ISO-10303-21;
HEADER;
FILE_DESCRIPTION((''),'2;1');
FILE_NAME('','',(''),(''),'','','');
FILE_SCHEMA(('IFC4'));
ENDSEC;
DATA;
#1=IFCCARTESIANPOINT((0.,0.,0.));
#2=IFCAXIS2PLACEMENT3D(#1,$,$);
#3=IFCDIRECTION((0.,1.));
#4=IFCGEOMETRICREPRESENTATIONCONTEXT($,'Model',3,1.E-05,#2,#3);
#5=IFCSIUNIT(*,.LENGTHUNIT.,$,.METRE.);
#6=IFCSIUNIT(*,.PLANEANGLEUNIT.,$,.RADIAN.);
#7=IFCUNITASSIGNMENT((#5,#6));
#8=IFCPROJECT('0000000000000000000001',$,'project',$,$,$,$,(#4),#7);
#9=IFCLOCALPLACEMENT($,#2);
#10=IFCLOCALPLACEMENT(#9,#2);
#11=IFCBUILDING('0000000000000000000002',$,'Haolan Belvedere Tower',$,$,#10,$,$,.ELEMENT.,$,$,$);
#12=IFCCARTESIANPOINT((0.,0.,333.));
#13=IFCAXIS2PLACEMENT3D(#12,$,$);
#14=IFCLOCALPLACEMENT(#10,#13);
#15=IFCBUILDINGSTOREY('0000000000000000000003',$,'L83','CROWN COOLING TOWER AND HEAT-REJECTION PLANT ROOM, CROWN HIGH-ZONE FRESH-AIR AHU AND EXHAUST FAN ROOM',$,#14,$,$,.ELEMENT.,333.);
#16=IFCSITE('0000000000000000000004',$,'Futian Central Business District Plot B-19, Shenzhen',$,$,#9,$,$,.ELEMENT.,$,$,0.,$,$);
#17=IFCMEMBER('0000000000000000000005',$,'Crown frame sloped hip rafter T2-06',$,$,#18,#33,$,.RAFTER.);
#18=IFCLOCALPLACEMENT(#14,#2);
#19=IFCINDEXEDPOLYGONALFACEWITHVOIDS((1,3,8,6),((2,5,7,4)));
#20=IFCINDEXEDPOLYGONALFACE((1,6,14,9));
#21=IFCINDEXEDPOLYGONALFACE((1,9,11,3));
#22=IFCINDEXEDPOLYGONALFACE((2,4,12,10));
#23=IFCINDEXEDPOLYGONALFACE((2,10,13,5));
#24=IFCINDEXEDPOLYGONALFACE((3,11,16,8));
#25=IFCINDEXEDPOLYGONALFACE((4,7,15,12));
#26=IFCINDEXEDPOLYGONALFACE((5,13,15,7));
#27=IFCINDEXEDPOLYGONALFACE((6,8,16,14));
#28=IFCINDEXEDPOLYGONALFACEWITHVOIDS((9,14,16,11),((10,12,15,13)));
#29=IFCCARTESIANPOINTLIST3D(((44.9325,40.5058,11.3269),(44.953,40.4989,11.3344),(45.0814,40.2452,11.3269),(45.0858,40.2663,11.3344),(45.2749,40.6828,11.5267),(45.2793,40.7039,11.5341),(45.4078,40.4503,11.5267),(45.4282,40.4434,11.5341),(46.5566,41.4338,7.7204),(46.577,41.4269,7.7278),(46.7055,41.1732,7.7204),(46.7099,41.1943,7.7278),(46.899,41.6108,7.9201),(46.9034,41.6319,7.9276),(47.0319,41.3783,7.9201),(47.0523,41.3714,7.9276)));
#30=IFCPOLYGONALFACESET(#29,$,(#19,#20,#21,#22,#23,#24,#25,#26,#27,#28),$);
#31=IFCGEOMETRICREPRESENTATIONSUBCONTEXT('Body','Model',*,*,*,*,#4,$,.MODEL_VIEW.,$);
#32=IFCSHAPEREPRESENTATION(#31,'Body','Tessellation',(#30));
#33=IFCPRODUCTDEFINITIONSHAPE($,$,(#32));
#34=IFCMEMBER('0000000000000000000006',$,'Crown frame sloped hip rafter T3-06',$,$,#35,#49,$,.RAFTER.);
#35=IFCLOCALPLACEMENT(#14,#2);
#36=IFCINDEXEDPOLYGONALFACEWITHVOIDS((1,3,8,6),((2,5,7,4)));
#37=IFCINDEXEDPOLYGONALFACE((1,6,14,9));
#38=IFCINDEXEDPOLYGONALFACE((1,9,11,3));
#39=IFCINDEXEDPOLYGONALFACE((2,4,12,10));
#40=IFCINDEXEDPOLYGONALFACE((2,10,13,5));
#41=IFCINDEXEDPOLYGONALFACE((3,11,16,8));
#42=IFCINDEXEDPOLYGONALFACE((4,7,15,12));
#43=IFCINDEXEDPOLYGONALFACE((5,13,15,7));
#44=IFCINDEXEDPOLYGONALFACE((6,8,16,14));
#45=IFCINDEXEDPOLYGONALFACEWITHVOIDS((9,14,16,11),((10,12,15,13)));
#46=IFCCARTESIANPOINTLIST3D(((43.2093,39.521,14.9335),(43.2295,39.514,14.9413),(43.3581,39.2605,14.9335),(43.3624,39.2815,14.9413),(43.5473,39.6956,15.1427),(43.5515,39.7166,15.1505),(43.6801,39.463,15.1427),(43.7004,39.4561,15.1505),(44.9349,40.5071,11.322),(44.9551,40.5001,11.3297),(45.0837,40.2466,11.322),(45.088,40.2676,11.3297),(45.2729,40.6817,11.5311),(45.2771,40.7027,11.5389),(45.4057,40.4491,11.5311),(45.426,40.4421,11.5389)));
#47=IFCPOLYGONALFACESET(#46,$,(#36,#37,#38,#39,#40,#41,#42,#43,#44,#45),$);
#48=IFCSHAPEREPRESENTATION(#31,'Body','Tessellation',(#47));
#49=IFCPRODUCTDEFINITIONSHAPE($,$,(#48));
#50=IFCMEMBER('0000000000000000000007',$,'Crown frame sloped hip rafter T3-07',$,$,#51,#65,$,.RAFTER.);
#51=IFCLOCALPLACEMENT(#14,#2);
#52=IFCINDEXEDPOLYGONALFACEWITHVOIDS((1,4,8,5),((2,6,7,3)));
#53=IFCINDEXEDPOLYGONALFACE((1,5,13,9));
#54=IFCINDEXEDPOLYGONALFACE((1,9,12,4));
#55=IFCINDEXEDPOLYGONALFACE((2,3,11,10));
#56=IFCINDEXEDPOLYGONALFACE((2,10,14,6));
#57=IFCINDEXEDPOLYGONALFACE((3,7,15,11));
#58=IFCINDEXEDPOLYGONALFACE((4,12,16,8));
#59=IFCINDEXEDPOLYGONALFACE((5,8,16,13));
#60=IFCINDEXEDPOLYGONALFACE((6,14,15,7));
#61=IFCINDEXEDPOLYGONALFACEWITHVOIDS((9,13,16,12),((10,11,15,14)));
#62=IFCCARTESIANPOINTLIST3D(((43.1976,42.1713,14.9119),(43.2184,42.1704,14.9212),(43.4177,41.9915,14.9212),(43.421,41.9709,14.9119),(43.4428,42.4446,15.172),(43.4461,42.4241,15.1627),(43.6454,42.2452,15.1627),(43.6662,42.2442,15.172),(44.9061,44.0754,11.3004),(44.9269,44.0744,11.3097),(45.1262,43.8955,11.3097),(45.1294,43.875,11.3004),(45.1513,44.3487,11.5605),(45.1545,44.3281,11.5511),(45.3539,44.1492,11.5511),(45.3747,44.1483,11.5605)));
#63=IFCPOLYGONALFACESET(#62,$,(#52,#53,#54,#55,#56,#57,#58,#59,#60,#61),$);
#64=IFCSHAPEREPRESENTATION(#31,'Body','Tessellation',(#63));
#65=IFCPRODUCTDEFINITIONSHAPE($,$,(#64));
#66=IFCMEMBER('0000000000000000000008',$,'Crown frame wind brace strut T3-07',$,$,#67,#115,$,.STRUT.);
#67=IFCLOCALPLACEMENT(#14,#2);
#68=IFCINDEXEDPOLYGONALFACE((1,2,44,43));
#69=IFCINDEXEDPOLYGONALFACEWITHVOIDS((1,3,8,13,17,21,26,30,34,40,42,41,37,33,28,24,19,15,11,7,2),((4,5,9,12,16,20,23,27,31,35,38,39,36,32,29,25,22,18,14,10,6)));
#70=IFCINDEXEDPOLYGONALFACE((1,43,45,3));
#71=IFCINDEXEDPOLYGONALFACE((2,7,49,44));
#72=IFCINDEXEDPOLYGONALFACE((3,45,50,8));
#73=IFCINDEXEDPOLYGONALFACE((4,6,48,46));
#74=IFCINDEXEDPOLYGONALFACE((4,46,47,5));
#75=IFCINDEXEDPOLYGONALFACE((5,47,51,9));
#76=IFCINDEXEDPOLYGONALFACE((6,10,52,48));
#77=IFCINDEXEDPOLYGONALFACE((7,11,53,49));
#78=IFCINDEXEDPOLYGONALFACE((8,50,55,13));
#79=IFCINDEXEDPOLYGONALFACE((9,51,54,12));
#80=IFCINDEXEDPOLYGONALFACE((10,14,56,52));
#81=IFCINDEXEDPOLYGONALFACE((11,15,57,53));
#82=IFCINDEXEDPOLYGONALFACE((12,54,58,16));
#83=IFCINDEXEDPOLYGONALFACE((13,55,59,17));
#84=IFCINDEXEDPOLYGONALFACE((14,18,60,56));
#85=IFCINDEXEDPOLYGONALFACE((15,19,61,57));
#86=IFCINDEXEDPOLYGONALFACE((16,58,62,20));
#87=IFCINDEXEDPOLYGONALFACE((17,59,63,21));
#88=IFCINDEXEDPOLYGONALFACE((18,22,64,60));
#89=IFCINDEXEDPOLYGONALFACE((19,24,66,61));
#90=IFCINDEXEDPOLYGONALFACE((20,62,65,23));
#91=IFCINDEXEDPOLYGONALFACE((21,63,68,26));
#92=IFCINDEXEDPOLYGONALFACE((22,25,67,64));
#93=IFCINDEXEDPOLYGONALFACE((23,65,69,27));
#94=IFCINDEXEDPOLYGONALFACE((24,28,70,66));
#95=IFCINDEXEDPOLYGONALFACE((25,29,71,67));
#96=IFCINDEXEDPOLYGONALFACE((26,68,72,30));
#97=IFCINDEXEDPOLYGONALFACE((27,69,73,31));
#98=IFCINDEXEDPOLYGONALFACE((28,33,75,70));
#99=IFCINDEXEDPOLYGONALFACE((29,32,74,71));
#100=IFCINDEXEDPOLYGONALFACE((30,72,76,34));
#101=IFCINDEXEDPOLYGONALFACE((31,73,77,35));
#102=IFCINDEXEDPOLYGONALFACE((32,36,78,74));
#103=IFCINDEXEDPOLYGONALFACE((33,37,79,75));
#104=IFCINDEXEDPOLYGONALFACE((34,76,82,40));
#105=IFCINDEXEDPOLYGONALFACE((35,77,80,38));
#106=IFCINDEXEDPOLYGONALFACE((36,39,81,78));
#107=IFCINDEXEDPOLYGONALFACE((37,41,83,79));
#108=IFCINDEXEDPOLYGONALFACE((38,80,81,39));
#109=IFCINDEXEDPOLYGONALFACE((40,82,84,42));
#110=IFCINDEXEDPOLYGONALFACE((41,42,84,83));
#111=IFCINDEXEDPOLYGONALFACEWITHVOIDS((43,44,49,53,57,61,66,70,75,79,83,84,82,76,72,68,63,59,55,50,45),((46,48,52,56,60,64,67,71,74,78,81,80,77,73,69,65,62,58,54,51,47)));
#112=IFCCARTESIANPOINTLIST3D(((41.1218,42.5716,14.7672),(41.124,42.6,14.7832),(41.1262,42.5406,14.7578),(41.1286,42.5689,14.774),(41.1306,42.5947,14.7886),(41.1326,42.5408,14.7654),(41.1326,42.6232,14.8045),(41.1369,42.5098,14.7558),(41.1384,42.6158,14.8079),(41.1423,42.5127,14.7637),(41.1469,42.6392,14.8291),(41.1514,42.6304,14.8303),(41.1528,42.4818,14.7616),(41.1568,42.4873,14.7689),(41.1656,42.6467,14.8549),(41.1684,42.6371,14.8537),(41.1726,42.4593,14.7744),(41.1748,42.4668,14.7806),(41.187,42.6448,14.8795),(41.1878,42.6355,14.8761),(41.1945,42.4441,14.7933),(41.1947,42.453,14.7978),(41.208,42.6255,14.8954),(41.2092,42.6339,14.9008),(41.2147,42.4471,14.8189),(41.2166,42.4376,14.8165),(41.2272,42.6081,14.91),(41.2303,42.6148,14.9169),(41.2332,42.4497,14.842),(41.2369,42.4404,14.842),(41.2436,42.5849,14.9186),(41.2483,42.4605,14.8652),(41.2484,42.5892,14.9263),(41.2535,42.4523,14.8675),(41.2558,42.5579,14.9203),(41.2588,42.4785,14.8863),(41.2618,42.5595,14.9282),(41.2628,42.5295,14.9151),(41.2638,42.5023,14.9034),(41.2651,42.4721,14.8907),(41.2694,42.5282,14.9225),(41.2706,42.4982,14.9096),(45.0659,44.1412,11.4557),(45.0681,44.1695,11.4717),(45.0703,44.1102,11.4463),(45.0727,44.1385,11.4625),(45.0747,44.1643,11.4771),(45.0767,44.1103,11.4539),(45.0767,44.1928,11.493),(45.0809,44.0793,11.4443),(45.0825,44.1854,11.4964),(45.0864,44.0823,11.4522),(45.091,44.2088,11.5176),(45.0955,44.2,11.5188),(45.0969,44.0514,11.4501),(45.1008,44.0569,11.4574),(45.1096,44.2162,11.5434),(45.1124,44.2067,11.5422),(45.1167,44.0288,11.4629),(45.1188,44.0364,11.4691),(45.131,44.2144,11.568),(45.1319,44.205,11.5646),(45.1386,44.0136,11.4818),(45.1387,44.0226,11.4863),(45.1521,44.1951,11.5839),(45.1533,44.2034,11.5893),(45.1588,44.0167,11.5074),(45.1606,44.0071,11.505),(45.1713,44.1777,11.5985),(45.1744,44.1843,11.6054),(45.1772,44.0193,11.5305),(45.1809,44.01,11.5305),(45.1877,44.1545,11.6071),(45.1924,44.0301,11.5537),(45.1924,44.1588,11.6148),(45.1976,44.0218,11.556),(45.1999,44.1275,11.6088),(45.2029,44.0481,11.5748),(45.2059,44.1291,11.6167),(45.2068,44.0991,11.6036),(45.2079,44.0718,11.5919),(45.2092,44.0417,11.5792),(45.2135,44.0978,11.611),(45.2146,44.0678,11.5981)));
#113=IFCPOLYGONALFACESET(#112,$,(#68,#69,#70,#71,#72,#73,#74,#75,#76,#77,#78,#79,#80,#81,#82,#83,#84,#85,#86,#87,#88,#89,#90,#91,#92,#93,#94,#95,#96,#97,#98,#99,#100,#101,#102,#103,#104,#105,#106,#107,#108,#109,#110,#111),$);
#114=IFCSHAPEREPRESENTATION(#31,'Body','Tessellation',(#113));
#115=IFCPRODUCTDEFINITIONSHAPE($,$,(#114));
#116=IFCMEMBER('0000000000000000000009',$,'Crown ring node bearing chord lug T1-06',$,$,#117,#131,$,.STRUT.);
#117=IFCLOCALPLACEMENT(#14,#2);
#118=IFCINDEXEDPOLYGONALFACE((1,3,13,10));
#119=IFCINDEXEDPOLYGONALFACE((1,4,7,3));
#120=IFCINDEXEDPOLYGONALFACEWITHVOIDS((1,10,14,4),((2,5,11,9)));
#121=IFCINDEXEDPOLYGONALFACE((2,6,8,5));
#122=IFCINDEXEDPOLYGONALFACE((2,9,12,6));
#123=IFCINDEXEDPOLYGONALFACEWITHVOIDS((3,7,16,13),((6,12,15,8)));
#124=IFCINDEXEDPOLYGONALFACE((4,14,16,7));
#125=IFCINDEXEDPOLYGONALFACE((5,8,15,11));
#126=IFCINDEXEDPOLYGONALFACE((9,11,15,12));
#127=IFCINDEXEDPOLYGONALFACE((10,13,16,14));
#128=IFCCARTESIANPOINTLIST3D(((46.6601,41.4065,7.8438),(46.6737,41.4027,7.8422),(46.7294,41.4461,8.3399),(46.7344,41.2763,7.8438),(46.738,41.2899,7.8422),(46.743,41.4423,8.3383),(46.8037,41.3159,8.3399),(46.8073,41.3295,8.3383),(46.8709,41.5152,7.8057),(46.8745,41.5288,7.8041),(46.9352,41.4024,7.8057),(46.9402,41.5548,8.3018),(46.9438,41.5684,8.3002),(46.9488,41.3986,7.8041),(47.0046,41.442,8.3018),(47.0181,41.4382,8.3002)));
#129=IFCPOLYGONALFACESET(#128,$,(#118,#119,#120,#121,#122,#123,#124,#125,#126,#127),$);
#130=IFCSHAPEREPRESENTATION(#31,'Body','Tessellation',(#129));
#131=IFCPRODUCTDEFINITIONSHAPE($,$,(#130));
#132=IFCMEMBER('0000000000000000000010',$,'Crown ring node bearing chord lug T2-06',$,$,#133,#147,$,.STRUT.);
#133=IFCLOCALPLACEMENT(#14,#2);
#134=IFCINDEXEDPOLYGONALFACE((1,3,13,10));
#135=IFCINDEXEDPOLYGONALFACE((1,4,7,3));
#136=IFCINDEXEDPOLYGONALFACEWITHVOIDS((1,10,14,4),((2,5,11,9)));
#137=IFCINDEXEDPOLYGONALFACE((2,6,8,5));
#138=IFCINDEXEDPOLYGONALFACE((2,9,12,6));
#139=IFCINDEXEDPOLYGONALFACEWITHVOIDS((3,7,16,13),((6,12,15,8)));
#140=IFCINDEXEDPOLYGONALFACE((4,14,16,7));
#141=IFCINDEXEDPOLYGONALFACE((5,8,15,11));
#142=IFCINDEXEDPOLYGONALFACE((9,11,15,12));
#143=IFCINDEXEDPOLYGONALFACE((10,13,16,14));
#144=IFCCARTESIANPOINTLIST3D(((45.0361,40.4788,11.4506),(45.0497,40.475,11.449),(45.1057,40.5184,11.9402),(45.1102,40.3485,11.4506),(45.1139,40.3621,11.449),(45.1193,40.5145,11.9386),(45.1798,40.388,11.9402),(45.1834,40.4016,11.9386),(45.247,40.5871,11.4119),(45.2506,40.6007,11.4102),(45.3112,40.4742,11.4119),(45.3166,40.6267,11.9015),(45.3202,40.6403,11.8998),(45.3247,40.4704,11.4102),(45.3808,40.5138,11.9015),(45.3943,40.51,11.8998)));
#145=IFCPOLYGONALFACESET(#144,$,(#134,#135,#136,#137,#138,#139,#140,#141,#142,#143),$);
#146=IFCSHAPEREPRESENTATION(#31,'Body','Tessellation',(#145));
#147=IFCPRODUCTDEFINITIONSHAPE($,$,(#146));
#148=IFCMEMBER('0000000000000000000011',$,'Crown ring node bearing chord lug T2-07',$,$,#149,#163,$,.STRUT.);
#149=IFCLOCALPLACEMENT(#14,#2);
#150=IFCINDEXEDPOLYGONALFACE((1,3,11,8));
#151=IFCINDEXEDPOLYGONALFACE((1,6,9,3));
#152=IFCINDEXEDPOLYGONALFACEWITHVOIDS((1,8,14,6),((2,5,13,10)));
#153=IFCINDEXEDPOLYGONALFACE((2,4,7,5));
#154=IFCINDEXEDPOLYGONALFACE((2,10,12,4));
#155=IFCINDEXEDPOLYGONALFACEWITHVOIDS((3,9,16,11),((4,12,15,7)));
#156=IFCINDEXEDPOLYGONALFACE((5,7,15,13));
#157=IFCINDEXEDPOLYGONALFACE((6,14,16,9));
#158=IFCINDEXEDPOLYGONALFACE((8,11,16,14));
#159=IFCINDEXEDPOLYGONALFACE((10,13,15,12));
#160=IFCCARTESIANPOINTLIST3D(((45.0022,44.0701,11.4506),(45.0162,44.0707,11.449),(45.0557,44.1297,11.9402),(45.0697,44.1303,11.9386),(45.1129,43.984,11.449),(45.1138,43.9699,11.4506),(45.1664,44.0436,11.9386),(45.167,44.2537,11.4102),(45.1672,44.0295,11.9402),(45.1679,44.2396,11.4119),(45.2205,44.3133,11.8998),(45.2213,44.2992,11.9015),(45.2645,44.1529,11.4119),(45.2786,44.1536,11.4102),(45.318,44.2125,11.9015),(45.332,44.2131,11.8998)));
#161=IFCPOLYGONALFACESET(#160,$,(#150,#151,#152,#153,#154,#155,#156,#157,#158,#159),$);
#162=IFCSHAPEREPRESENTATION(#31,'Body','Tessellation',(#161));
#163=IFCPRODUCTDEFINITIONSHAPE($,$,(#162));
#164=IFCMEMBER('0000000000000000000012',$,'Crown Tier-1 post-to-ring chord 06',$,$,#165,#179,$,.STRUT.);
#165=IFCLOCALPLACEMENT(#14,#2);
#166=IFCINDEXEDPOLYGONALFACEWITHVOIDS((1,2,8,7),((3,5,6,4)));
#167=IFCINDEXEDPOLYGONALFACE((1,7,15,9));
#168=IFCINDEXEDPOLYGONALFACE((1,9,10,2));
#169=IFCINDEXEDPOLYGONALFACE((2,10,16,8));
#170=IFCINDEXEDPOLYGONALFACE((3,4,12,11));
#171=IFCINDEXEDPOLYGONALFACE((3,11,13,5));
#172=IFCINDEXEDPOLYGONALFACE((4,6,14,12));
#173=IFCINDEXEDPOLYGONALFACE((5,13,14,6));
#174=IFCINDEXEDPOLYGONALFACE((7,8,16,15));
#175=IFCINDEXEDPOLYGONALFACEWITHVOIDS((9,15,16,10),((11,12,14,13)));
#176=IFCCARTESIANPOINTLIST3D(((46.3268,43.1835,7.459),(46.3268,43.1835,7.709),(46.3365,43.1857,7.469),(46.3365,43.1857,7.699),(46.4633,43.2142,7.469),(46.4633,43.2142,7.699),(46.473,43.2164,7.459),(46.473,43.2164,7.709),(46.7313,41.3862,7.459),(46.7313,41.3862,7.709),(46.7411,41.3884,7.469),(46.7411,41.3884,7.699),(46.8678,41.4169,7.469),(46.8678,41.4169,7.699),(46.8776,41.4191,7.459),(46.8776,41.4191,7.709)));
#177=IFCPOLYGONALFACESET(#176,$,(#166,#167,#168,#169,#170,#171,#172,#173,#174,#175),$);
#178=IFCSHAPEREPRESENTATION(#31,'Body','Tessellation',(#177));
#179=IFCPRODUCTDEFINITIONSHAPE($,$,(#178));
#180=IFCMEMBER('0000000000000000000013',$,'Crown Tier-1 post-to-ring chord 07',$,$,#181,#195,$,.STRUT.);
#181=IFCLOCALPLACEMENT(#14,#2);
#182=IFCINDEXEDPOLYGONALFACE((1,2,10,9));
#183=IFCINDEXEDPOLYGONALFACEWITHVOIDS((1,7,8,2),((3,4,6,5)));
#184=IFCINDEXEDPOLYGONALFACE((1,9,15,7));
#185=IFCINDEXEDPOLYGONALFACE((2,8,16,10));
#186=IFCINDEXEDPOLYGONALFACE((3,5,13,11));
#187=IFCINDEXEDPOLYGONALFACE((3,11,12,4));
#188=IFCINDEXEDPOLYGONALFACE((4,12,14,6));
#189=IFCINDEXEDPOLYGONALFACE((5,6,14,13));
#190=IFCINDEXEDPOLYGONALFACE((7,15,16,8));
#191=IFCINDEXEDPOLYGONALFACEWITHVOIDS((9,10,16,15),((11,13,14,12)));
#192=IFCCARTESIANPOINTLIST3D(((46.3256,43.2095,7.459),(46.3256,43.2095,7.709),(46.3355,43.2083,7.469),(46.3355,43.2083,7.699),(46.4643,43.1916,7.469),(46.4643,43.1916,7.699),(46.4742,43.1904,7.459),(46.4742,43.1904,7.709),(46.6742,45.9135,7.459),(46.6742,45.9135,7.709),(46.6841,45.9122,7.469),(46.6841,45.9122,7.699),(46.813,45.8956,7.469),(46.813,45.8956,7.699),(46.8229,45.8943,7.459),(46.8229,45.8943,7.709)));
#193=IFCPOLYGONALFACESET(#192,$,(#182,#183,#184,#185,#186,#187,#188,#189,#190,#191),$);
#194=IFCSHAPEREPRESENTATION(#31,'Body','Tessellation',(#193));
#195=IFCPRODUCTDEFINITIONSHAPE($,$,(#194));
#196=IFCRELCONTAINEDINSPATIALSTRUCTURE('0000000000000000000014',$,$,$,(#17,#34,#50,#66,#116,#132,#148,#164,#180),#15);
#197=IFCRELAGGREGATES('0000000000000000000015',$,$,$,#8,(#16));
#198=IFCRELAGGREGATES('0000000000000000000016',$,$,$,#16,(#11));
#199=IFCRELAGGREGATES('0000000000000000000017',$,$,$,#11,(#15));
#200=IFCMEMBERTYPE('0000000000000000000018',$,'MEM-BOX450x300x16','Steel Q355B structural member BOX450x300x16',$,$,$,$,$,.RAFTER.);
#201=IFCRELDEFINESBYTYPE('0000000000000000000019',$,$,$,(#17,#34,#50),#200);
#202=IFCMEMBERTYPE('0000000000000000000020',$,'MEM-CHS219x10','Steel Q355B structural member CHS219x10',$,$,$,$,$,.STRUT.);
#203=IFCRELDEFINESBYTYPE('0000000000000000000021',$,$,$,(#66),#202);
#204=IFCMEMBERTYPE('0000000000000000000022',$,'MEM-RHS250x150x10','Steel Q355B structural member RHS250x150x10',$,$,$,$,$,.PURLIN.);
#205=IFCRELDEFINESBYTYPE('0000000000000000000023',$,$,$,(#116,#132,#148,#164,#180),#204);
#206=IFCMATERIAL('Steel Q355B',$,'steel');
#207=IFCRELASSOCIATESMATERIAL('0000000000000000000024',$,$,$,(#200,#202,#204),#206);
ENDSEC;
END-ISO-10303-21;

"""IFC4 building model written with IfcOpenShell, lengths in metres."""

from ifc_helpers import new_model, si_unit, direction, frame, origin, origin_2d, place, context, subcontext, project, spatial, hollow_rectangle, hollow_circle, extrude, material, material_profile, profile_set, type_object, element, save


model = new_model("IFC4")

# Units and contexts
model_context = context("Model", 3, precision=1e-05, world=origin(), true_north=direction((0.0, 1.0)))
body_context = subcontext(model_context, "Body", "Model", "MODEL_VIEW")
ifc_project = project(units=[si_unit("LENGTHUNIT", "METRE"), si_unit("PLANEANGLEUNIT", "RADIAN")], contexts=[model_context])

# Site, building, storey
site_placement = place(None, origin())
site = spatial("IfcSite", under=ifc_project, at=site_placement, Name="Futian Central Business District Plot B-19, Shenzhen", CompositionType="ELEMENT", RefElevation=0.0)
building_placement = place(site_placement, origin())
building = spatial("IfcBuilding", under=site, at=building_placement, Name="Haolan Belvedere Tower", CompositionType="ELEMENT")
storey_placement = place(building_placement, frame((0.0, 0.0, 333.0)))
storey = spatial("IfcBuildingStorey", under=building, at=storey_placement, Name="L83", Description="CROWN COOLING TOWER AND HEAT-REJECTION PLANT ROOM, CROWN HIGH-ZONE FRESH-AIR AHU AND EXHAUST FAN ROOM", CompositionType="ELEMENT", Elevation=333.0)

# Members
ifc_material_1 = material(Name="Steel Q355B", Category="steel")
ifc_material_profile_1 = material_profile(ifc_material_1, hollow_rectangle(XDim=0.3, YDim=0.45, WallThickness=0.0161, at=origin_2d()), Name="Steel Q355B")
ifc_profile_set_1 = profile_set([ifc_material_profile_1], Name="Steel Q355B")
member_type_1 = type_object("IfcMemberType", Name="MEM-BOX450x300x16", Description="Steel Q355B structural member BOX450x300x16", PredefinedType="RAFTER", material=ifc_profile_set_1)
member_1_placement = place(storey_placement, frame((46.8044, 41.4026, 7.824), z_axis=(-0.399746, -0.228418, 0.88771), x_axis=(0.496125, -0.868251, 0.0)))
element("IfcMember", 1, at=member_1_placement, inside=storey, type_object=member_type_1, Name="Crown frame sloped hip rafter T2-06", PredefinedType="RAFTER", context=body_context, shape_type="SweptSolid", body=[
    extrude(hollow_rectangle(XDim=0.3, YDim=0.45, WallThickness=0.0161, at=origin_2d()), origin(), (0.0, 0.0, 1.0), 4.0627),
])
member_2_placement = place(storey_placement, frame((45.1804, 40.4746, 11.4304), z_axis=(-0.418597, -0.239206, 0.876103), x_axis=(0.496152, -0.868236, 0.0)))
element("IfcMember", 2, at=member_2_placement, inside=storey, type_object=member_type_1, Name="Crown frame sloped hip rafter T3-06", PredefinedType="RAFTER", context=body_context, shape_type="SweptSolid", body=[
    extrude(hollow_rectangle(XDim=0.3, YDim=0.45, WallThickness=0.0161, at=origin_2d()), origin(), (0.0, 0.0, 1.0), 4.1223),
])
member_3_placement = place(storey_placement, frame((45.1404, 44.1118, 11.4304), z_axis=(-0.38603, -0.430215, 0.816024), x_axis=(0.744295, -0.667851, 0.0)))
element("IfcMember", 3, at=member_3_placement, inside=storey, type_object=member_type_1, Name="Crown frame sloped hip rafter T3-07", PredefinedType="RAFTER", context=body_context, shape_type="SweptSolid", body=[
    extrude(hollow_rectangle(XDim=0.3, YDim=0.45, WallThickness=0.0161, at=origin_2d()), origin(), (0.0, 0.0, 1.0), 4.4258),
])
ifc_material_profile_2 = material_profile(ifc_material_1, hollow_circle(Radius=0.1096, WallThickness=0.01, at=origin_2d()), Name="Steel Q355B")
ifc_profile_set_2 = profile_set([ifc_material_profile_2], Name="Steel Q355B")
member_type_2 = type_object("IfcMemberType", Name="MEM-CHS219x10", Description="Steel Q355B structural member CHS219x10", PredefinedType="STRUT", material=ifc_profile_set_2)
member_4_placement = place(storey_placement, frame((45.1404, 44.1118, 11.5305), z_axis=(-0.732581, -0.291536, 0.615087), x_axis=(0.369754, -0.92913, 0.0)))
element("IfcMember", 4, at=member_4_placement, inside=storey, type_object=member_type_2, Name="Crown frame wind brace strut T3-07", PredefinedType="STRUT", context=body_context, shape_type="SweptSolid", body=[
    extrude(hollow_circle(Radius=0.1096, WallThickness=0.01, at=origin_2d()), origin(), (0.0, 0.0, 1.0), 5.3838),
])
ifc_material_profile_3 = material_profile(ifc_material_1, hollow_rectangle(XDim=0.1499, YDim=0.25, WallThickness=0.01, at=origin_2d()), Name="Steel Q355B")
ifc_profile_set_3 = profile_set([ifc_material_profile_3], Name="Steel Q355B")
member_type_3 = type_object("IfcMemberType", Name="MEM-RHS250x150x10", Description="Steel Q355B structural member RHS250x150x10", PredefinedType="PURLIN", material=ifc_profile_set_3)
member_5_placement = place(storey_placement, frame((46.8044, 41.4026, 7.824), z_axis=(0.137989, 0.078712, 0.987301), x_axis=(-0.49548, 0.868619, 0.0)))
element("IfcMember", 5, at=member_5_placement, inside=storey, type_object=member_type_3, Name="Crown ring node bearing chord lug T1-06", PredefinedType="STRUT", context=body_context, shape_type="SweptSolid", body=[
    extrude(hollow_rectangle(XDim=0.1499, YDim=0.25, WallThickness=0.01, at=origin_2d()), origin(), (0.0, 0.0, 1.0), 0.5024),
])
for number, where, z_axis, x_axis, name in (
    (6, (45.1804, 40.4746, 11.4304), (0.140282, 0.079739, 0.986895), (-0.494167, 0.869367, 0.0), "Crown ring node bearing chord lug T2-06"),
    (7, (45.1404, 44.1118, 11.4304), (0.107795, 0.120101, 0.986892), (-0.744203, 0.667953, 0.0), "Crown ring node bearing chord lug T2-07"),
):
    element("IfcMember", number, at=place(storey_placement, frame(where, z_axis=z_axis, x_axis=x_axis)), inside=storey, type_object=member_type_3, Name=name, PredefinedType="STRUT", context=body_context, shape_type="SweptSolid", body=[
        extrude(hollow_rectangle(XDim=0.1499, YDim=0.25, WallThickness=0.01, at=origin_2d()), origin(), (0.0, 0.0, 1.0), 0.4961),
    ])
member_6_placement = place(storey_placement, frame((46.3999, 43.2, 7.584), z_axis=(0.219582, -0.975594, 0.0), x_axis=(0.975594, 0.219582, 0.0)))
element("IfcMember", 8, at=member_6_placement, inside=storey, type_object=member_type_3, Name="Crown Tier-1 post-to-ring chord 06", PredefinedType="STRUT", context=body_context, shape_type="SweptSolid", body=[
    extrude(hollow_rectangle(XDim=0.1499, YDim=0.25, WallThickness=0.01, at=origin_2d()), origin(), (0.0, 0.0, 1.0), 1.8423),
])
member_7_placement = place(storey_placement, frame((46.3999, 43.2, 7.584), z_axis=(0.12788, 0.99179, 0.0), x_axis=(-0.99179, 0.12788, 0.0)))
element("IfcMember", 9, at=member_7_placement, inside=storey, type_object=member_type_3, Name="Crown Tier-1 post-to-ring chord 07", PredefinedType="STRUT", context=body_context, shape_type="SweptSolid", body=[
    extrude(hollow_rectangle(XDim=0.1499, YDim=0.25, WallThickness=0.01, at=origin_2d()), origin(), (0.0, 0.0, 1.0), 2.7263),
])

save(model, "model.ifc")
